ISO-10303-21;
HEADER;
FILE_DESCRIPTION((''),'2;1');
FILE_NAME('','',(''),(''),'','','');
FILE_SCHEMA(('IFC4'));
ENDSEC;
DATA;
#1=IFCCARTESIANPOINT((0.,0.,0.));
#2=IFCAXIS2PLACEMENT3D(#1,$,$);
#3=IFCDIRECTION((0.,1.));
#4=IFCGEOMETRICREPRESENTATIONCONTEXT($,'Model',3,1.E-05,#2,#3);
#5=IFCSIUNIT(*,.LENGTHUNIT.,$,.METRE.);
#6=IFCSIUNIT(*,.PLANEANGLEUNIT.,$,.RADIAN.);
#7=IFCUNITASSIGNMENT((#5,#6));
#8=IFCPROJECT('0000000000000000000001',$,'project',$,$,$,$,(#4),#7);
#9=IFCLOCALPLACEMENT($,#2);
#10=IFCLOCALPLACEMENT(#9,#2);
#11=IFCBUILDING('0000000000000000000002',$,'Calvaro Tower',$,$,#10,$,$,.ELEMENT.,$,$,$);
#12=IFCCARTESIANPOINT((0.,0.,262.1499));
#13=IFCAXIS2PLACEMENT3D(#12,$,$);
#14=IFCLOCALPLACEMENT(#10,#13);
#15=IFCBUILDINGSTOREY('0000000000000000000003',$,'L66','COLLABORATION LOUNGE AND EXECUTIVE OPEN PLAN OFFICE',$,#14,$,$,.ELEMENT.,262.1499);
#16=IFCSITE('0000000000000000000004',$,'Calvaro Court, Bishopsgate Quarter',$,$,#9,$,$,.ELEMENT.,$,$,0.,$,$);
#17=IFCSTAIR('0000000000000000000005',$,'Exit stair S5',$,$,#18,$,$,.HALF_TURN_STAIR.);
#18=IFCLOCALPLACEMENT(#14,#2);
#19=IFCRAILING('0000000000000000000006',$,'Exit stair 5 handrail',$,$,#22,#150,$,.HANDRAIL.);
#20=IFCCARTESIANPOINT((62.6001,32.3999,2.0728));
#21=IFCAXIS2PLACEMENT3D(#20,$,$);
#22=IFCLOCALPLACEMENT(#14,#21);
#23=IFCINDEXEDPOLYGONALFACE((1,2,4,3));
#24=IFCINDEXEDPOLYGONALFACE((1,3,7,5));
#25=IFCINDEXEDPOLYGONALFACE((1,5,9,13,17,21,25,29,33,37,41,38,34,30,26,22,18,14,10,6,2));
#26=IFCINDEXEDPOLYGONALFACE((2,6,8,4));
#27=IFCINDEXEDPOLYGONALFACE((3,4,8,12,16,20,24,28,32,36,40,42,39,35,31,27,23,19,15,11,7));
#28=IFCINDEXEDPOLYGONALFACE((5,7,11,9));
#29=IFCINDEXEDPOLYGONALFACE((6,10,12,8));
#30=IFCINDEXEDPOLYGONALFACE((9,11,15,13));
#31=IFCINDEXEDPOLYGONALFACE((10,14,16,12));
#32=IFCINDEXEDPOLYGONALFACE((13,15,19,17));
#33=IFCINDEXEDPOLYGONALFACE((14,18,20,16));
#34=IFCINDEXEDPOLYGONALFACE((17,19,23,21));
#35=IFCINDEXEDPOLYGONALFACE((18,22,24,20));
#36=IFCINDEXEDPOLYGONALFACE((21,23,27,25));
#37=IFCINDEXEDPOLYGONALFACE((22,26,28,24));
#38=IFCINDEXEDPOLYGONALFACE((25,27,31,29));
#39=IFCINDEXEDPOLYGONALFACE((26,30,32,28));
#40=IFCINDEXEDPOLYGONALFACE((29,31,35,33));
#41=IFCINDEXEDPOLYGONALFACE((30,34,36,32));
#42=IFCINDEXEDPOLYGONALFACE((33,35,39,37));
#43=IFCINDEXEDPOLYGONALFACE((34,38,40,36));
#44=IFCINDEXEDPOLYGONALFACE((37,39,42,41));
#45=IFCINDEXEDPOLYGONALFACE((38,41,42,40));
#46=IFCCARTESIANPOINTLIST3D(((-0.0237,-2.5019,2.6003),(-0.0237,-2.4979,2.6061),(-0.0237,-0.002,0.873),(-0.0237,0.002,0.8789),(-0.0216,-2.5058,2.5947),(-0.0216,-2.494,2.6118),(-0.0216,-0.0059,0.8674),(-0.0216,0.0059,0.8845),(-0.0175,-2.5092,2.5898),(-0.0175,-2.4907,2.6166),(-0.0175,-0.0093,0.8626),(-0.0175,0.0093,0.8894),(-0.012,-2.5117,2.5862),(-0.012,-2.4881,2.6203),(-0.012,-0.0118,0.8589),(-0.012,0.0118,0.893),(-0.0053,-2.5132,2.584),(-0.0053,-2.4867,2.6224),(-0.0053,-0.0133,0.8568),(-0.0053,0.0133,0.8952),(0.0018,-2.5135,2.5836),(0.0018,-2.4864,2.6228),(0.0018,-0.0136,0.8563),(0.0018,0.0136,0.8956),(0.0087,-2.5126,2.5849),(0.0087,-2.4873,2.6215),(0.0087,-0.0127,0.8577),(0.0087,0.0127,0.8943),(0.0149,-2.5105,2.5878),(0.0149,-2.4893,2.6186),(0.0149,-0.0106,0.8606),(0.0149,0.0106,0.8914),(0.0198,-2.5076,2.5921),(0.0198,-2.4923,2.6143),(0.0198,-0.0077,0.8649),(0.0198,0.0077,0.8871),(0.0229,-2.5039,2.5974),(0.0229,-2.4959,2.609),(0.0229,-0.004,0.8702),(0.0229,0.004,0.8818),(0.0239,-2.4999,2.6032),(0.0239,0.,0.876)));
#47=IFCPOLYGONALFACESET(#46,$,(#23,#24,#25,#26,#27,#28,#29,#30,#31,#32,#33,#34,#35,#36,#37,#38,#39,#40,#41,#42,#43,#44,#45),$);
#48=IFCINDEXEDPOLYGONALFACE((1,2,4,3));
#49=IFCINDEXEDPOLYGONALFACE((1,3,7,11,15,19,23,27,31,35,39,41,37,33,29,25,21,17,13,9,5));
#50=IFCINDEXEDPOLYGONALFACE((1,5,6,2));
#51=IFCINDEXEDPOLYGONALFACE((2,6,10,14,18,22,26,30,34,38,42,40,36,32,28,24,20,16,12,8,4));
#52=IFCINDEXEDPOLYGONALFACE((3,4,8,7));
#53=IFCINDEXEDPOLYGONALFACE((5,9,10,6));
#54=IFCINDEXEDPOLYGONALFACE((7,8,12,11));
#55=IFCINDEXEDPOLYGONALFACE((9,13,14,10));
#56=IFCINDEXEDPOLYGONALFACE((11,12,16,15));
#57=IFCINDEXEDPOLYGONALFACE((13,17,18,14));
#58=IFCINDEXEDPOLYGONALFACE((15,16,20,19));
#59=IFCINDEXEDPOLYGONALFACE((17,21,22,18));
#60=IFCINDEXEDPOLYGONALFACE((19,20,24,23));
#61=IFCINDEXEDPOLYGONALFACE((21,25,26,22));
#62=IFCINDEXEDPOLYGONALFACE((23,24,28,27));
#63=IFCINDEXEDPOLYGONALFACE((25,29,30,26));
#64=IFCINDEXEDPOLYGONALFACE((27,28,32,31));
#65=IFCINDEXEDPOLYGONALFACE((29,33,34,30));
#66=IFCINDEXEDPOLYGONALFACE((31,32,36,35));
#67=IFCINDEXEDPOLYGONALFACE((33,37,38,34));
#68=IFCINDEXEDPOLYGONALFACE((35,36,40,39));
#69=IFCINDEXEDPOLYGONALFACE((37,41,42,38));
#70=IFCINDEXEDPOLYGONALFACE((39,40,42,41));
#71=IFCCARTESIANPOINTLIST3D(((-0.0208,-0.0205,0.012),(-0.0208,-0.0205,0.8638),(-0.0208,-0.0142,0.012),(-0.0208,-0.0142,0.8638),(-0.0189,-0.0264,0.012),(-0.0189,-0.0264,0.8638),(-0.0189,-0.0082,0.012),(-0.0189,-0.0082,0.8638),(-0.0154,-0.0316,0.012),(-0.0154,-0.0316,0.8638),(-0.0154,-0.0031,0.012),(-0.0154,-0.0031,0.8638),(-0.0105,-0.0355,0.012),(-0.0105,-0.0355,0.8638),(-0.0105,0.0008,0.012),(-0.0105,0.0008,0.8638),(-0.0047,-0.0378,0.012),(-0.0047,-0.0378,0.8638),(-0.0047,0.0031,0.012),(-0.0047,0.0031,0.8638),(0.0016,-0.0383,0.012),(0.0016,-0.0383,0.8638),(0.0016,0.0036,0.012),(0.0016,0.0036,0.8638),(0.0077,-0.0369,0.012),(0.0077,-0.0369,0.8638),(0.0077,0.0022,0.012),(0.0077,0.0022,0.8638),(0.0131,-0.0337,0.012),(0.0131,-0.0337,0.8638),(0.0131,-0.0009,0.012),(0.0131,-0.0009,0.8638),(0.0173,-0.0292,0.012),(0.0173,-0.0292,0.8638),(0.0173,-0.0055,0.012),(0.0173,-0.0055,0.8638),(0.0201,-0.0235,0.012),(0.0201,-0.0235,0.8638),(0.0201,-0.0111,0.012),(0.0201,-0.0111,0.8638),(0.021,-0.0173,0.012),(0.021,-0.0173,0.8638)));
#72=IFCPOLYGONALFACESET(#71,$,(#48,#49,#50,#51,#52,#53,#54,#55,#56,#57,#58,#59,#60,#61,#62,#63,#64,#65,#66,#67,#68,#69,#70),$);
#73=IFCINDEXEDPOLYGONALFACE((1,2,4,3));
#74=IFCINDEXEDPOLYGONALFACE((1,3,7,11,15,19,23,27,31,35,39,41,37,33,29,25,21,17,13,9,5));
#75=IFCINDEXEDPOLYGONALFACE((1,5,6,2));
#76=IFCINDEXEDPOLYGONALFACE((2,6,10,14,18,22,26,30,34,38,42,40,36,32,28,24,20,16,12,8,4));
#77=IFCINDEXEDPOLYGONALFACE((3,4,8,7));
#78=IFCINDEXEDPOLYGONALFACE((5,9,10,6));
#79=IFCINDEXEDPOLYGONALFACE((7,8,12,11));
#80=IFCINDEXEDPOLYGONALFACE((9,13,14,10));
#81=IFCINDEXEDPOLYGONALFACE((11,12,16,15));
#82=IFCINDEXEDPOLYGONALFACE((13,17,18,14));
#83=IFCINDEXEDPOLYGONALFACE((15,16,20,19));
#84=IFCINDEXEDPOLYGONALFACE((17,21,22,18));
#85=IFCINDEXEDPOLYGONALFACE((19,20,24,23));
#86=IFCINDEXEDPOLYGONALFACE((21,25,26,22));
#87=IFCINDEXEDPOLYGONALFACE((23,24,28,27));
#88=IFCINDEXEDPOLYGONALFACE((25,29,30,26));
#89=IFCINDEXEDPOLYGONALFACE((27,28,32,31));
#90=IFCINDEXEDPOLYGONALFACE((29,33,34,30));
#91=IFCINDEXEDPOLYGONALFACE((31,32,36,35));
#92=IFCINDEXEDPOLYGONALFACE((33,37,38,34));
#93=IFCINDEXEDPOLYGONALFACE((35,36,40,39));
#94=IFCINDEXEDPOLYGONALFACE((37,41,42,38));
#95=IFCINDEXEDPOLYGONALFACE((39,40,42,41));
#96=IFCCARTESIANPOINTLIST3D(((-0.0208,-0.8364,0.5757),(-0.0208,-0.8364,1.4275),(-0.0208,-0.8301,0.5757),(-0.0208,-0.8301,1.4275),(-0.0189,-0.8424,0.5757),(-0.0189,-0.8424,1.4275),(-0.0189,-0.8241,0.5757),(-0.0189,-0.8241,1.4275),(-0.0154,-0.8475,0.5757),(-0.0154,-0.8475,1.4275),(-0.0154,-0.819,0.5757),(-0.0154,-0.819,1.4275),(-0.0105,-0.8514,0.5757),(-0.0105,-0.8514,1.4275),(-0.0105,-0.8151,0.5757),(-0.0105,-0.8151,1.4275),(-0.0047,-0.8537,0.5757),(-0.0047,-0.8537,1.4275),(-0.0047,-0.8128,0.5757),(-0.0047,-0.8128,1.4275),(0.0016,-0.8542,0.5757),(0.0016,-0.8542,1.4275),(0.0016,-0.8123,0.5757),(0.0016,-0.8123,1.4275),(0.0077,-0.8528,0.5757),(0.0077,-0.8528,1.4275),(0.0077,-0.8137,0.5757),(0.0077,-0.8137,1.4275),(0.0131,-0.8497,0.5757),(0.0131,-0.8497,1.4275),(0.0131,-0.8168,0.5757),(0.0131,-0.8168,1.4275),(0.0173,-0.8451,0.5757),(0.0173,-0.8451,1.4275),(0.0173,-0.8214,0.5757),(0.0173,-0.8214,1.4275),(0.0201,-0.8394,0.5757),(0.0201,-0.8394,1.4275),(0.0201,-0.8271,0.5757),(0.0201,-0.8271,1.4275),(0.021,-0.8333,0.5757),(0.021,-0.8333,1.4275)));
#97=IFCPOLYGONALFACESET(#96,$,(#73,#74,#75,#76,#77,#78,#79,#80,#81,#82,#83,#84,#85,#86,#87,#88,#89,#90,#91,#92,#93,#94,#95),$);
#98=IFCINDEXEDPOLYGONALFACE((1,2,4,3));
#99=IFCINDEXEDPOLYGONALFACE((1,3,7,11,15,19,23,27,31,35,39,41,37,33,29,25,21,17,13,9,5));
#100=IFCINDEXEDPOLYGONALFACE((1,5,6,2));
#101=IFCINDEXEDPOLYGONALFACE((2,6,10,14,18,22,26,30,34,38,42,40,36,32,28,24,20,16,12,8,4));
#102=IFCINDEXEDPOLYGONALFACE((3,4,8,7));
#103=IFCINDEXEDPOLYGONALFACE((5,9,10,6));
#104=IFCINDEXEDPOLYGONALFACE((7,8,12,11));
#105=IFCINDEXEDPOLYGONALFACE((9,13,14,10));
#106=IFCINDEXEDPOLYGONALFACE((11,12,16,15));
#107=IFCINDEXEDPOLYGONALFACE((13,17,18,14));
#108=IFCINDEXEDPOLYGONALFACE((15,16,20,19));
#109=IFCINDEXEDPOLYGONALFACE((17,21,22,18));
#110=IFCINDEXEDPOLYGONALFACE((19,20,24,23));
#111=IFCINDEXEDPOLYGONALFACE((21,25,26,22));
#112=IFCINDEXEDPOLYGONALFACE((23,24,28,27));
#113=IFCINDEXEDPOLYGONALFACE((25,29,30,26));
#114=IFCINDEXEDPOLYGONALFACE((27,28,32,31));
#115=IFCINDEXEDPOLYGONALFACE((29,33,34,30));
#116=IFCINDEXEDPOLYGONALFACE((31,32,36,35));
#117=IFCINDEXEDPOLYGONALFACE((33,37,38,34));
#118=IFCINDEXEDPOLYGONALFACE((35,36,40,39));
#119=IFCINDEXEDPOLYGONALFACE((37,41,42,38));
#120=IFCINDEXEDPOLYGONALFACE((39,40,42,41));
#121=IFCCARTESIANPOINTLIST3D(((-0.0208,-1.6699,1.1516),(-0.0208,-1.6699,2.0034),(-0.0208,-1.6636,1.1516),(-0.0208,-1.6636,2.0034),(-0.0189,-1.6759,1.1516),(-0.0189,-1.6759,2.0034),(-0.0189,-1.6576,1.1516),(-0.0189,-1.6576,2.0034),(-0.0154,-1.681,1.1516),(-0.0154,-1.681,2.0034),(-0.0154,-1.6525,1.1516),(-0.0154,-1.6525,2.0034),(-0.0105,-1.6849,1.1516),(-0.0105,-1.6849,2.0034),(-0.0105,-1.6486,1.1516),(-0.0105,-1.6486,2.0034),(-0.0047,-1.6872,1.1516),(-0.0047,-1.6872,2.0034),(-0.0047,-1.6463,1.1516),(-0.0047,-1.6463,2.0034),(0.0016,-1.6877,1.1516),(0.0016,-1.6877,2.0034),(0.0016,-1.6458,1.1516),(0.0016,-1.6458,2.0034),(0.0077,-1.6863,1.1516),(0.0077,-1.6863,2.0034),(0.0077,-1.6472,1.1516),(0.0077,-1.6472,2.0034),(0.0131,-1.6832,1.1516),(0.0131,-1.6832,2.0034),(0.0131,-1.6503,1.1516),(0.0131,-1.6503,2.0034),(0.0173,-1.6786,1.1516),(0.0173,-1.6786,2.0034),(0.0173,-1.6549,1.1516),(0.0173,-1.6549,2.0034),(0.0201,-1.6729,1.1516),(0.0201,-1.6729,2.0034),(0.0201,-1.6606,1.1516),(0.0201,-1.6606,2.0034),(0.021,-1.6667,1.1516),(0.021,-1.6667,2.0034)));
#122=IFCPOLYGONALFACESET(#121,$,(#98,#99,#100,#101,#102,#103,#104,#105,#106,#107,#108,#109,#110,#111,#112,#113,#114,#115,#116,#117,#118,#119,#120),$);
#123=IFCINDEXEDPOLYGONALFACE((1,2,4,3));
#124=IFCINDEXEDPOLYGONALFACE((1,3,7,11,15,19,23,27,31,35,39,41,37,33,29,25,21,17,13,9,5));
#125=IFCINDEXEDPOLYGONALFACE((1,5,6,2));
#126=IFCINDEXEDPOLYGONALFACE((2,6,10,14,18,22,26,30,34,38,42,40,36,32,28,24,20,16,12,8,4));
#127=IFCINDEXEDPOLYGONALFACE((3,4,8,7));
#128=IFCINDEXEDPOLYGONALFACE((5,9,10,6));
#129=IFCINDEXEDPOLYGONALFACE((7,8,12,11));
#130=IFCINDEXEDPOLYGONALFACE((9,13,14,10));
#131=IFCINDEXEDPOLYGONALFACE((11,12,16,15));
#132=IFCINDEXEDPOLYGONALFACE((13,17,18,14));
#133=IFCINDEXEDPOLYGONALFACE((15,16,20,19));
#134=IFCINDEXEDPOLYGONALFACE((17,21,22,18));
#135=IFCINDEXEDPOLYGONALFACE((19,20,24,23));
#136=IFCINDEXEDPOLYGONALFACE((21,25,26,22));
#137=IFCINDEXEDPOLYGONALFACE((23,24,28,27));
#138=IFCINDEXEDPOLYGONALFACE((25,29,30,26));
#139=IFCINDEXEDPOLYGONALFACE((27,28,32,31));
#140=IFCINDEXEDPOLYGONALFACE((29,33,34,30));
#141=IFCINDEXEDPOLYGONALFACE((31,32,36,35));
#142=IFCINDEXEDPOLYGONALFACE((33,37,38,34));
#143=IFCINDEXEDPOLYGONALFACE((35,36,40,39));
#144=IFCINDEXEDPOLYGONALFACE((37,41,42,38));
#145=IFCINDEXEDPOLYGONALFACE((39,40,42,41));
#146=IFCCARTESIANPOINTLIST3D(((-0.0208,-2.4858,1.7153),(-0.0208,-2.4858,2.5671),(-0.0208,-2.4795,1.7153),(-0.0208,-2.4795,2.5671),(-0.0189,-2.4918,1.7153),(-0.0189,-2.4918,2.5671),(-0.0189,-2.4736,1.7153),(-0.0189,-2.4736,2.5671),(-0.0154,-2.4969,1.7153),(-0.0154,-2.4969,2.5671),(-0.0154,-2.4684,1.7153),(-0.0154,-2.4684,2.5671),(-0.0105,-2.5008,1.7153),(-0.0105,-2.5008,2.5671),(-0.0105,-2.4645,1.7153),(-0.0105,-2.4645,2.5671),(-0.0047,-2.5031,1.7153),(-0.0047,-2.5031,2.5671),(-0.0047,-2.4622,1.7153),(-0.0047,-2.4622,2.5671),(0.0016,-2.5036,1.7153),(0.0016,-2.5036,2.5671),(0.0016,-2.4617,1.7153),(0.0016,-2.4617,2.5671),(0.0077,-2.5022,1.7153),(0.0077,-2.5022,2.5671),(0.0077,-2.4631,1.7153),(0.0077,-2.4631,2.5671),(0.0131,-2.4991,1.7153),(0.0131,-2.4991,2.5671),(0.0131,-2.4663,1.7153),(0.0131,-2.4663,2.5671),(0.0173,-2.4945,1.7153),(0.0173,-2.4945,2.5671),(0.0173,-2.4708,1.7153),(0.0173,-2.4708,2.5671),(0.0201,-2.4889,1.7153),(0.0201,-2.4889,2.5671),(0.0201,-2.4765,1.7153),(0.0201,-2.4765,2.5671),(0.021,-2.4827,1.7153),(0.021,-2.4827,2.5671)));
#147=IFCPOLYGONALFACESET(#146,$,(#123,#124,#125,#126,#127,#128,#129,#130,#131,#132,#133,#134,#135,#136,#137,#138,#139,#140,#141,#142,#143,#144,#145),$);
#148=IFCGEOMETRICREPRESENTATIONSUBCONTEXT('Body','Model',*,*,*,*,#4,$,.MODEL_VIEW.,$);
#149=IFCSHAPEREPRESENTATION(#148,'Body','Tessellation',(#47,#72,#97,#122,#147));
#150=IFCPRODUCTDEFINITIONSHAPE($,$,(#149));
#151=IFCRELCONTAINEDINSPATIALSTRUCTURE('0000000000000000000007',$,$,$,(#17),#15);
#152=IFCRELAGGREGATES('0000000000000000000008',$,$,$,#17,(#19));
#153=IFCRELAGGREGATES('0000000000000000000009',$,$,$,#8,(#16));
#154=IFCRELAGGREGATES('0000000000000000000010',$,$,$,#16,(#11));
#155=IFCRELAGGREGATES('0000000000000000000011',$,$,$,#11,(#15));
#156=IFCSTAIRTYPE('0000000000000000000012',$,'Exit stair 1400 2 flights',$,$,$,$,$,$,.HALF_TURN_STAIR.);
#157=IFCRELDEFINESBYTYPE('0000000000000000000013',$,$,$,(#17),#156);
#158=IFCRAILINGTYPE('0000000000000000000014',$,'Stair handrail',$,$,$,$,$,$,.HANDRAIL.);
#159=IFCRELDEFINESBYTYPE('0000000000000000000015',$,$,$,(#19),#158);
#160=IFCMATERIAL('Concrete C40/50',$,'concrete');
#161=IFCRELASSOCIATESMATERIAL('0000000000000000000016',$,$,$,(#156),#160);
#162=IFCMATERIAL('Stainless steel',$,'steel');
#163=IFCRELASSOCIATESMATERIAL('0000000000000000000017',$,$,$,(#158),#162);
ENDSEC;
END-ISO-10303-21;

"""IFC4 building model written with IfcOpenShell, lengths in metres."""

from ifc_helpers import new_model, si_unit, direction, frame, origin, origin_2d, place, context, subcontext, project, spatial, circle, extrude, material, type_object, element, aggregate, save


model = new_model("IFC4")

# Units and contexts
model_context = context("Model", 3, precision=1e-05, world=origin(), true_north=direction((0.0, 1.0)))
body_context = subcontext(model_context, "Body", "Model", "MODEL_VIEW")
ifc_project = project(units=[si_unit("LENGTHUNIT", "METRE"), si_unit("PLANEANGLEUNIT", "RADIAN")], contexts=[model_context])

# Site, building, storey
site_placement = place(None, origin())
site = spatial("IfcSite", under=ifc_project, at=site_placement, Name="Calvaro Court, Bishopsgate Quarter", CompositionType="ELEMENT", RefElevation=0.0)
building_placement = place(site_placement, origin())
building = spatial("IfcBuilding", under=site, at=building_placement, Name="Calvaro Tower", CompositionType="ELEMENT")
storey_placement = place(building_placement, frame((0.0, 0.0, 262.1499)))
storey = spatial("IfcBuildingStorey", under=building, at=storey_placement, Name="L66", Description="COLLABORATION LOUNGE AND EXECUTIVE OPEN PLAN OFFICE", CompositionType="ELEMENT", Elevation=262.1499)

# Stair, railing
ifc_material_1 = material(Name="Concrete C40/50", Category="concrete")
stair_type = type_object("IfcStairType", Name="Exit stair 1400 2 flights", PredefinedType="HALF_TURN_STAIR", material=ifc_material_1)
stair_placement = place(storey_placement, origin())
stair = element("IfcStair", 1, at=stair_placement, inside=storey, type_object=stair_type, Name="Exit stair S5", PredefinedType="HALF_TURN_STAIR")
ifc_material_2 = material(Name="Stainless steel", Category="steel")
railing_type = type_object("IfcRailingType", Name="Stair handrail", PredefinedType="HANDRAIL", material=ifc_material_2)
railing_1_placement = place(storey_placement, frame((62.6001, 32.3999, 2.0728)))
railing_1 = element("IfcRailing", 2, at=railing_1_placement, type_object=railing_type, Name="Exit stair 5 handrail", PredefinedType="HANDRAIL", context=body_context, shape_type="SweptSolid", body=[
    extrude(circle(Radius=0.0239, at=origin_2d()), frame((0.0, 0.0, 0.876), z_axis=(0.0, -0.822727, 0.568437), x_axis=(1.0, 0.0, 0.0)), (0.0, 0.0, 1.0), 3.0386),
    extrude(circle(Radius=0.021, at=origin_2d()), frame((0.0, -0.0173, 0.012)), (0.0, 0.0, 1.0), 0.8518),
    extrude(circle(Radius=0.021, at=origin_2d()), frame((0.0, -0.8333, 0.5757)), (0.0, 0.0, 1.0), 0.8518),
    extrude(circle(Radius=0.021, at=origin_2d()), frame((0.0, -1.6667, 1.1516)), (0.0, 0.0, 1.0), 0.8518),
    extrude(circle(Radius=0.021, at=origin_2d()), frame((0.0, -2.4827, 1.7153)), (0.0, 0.0, 1.0), 0.8518),
])
aggregate(stair, [railing_1])

save(model, "model.ifc")
